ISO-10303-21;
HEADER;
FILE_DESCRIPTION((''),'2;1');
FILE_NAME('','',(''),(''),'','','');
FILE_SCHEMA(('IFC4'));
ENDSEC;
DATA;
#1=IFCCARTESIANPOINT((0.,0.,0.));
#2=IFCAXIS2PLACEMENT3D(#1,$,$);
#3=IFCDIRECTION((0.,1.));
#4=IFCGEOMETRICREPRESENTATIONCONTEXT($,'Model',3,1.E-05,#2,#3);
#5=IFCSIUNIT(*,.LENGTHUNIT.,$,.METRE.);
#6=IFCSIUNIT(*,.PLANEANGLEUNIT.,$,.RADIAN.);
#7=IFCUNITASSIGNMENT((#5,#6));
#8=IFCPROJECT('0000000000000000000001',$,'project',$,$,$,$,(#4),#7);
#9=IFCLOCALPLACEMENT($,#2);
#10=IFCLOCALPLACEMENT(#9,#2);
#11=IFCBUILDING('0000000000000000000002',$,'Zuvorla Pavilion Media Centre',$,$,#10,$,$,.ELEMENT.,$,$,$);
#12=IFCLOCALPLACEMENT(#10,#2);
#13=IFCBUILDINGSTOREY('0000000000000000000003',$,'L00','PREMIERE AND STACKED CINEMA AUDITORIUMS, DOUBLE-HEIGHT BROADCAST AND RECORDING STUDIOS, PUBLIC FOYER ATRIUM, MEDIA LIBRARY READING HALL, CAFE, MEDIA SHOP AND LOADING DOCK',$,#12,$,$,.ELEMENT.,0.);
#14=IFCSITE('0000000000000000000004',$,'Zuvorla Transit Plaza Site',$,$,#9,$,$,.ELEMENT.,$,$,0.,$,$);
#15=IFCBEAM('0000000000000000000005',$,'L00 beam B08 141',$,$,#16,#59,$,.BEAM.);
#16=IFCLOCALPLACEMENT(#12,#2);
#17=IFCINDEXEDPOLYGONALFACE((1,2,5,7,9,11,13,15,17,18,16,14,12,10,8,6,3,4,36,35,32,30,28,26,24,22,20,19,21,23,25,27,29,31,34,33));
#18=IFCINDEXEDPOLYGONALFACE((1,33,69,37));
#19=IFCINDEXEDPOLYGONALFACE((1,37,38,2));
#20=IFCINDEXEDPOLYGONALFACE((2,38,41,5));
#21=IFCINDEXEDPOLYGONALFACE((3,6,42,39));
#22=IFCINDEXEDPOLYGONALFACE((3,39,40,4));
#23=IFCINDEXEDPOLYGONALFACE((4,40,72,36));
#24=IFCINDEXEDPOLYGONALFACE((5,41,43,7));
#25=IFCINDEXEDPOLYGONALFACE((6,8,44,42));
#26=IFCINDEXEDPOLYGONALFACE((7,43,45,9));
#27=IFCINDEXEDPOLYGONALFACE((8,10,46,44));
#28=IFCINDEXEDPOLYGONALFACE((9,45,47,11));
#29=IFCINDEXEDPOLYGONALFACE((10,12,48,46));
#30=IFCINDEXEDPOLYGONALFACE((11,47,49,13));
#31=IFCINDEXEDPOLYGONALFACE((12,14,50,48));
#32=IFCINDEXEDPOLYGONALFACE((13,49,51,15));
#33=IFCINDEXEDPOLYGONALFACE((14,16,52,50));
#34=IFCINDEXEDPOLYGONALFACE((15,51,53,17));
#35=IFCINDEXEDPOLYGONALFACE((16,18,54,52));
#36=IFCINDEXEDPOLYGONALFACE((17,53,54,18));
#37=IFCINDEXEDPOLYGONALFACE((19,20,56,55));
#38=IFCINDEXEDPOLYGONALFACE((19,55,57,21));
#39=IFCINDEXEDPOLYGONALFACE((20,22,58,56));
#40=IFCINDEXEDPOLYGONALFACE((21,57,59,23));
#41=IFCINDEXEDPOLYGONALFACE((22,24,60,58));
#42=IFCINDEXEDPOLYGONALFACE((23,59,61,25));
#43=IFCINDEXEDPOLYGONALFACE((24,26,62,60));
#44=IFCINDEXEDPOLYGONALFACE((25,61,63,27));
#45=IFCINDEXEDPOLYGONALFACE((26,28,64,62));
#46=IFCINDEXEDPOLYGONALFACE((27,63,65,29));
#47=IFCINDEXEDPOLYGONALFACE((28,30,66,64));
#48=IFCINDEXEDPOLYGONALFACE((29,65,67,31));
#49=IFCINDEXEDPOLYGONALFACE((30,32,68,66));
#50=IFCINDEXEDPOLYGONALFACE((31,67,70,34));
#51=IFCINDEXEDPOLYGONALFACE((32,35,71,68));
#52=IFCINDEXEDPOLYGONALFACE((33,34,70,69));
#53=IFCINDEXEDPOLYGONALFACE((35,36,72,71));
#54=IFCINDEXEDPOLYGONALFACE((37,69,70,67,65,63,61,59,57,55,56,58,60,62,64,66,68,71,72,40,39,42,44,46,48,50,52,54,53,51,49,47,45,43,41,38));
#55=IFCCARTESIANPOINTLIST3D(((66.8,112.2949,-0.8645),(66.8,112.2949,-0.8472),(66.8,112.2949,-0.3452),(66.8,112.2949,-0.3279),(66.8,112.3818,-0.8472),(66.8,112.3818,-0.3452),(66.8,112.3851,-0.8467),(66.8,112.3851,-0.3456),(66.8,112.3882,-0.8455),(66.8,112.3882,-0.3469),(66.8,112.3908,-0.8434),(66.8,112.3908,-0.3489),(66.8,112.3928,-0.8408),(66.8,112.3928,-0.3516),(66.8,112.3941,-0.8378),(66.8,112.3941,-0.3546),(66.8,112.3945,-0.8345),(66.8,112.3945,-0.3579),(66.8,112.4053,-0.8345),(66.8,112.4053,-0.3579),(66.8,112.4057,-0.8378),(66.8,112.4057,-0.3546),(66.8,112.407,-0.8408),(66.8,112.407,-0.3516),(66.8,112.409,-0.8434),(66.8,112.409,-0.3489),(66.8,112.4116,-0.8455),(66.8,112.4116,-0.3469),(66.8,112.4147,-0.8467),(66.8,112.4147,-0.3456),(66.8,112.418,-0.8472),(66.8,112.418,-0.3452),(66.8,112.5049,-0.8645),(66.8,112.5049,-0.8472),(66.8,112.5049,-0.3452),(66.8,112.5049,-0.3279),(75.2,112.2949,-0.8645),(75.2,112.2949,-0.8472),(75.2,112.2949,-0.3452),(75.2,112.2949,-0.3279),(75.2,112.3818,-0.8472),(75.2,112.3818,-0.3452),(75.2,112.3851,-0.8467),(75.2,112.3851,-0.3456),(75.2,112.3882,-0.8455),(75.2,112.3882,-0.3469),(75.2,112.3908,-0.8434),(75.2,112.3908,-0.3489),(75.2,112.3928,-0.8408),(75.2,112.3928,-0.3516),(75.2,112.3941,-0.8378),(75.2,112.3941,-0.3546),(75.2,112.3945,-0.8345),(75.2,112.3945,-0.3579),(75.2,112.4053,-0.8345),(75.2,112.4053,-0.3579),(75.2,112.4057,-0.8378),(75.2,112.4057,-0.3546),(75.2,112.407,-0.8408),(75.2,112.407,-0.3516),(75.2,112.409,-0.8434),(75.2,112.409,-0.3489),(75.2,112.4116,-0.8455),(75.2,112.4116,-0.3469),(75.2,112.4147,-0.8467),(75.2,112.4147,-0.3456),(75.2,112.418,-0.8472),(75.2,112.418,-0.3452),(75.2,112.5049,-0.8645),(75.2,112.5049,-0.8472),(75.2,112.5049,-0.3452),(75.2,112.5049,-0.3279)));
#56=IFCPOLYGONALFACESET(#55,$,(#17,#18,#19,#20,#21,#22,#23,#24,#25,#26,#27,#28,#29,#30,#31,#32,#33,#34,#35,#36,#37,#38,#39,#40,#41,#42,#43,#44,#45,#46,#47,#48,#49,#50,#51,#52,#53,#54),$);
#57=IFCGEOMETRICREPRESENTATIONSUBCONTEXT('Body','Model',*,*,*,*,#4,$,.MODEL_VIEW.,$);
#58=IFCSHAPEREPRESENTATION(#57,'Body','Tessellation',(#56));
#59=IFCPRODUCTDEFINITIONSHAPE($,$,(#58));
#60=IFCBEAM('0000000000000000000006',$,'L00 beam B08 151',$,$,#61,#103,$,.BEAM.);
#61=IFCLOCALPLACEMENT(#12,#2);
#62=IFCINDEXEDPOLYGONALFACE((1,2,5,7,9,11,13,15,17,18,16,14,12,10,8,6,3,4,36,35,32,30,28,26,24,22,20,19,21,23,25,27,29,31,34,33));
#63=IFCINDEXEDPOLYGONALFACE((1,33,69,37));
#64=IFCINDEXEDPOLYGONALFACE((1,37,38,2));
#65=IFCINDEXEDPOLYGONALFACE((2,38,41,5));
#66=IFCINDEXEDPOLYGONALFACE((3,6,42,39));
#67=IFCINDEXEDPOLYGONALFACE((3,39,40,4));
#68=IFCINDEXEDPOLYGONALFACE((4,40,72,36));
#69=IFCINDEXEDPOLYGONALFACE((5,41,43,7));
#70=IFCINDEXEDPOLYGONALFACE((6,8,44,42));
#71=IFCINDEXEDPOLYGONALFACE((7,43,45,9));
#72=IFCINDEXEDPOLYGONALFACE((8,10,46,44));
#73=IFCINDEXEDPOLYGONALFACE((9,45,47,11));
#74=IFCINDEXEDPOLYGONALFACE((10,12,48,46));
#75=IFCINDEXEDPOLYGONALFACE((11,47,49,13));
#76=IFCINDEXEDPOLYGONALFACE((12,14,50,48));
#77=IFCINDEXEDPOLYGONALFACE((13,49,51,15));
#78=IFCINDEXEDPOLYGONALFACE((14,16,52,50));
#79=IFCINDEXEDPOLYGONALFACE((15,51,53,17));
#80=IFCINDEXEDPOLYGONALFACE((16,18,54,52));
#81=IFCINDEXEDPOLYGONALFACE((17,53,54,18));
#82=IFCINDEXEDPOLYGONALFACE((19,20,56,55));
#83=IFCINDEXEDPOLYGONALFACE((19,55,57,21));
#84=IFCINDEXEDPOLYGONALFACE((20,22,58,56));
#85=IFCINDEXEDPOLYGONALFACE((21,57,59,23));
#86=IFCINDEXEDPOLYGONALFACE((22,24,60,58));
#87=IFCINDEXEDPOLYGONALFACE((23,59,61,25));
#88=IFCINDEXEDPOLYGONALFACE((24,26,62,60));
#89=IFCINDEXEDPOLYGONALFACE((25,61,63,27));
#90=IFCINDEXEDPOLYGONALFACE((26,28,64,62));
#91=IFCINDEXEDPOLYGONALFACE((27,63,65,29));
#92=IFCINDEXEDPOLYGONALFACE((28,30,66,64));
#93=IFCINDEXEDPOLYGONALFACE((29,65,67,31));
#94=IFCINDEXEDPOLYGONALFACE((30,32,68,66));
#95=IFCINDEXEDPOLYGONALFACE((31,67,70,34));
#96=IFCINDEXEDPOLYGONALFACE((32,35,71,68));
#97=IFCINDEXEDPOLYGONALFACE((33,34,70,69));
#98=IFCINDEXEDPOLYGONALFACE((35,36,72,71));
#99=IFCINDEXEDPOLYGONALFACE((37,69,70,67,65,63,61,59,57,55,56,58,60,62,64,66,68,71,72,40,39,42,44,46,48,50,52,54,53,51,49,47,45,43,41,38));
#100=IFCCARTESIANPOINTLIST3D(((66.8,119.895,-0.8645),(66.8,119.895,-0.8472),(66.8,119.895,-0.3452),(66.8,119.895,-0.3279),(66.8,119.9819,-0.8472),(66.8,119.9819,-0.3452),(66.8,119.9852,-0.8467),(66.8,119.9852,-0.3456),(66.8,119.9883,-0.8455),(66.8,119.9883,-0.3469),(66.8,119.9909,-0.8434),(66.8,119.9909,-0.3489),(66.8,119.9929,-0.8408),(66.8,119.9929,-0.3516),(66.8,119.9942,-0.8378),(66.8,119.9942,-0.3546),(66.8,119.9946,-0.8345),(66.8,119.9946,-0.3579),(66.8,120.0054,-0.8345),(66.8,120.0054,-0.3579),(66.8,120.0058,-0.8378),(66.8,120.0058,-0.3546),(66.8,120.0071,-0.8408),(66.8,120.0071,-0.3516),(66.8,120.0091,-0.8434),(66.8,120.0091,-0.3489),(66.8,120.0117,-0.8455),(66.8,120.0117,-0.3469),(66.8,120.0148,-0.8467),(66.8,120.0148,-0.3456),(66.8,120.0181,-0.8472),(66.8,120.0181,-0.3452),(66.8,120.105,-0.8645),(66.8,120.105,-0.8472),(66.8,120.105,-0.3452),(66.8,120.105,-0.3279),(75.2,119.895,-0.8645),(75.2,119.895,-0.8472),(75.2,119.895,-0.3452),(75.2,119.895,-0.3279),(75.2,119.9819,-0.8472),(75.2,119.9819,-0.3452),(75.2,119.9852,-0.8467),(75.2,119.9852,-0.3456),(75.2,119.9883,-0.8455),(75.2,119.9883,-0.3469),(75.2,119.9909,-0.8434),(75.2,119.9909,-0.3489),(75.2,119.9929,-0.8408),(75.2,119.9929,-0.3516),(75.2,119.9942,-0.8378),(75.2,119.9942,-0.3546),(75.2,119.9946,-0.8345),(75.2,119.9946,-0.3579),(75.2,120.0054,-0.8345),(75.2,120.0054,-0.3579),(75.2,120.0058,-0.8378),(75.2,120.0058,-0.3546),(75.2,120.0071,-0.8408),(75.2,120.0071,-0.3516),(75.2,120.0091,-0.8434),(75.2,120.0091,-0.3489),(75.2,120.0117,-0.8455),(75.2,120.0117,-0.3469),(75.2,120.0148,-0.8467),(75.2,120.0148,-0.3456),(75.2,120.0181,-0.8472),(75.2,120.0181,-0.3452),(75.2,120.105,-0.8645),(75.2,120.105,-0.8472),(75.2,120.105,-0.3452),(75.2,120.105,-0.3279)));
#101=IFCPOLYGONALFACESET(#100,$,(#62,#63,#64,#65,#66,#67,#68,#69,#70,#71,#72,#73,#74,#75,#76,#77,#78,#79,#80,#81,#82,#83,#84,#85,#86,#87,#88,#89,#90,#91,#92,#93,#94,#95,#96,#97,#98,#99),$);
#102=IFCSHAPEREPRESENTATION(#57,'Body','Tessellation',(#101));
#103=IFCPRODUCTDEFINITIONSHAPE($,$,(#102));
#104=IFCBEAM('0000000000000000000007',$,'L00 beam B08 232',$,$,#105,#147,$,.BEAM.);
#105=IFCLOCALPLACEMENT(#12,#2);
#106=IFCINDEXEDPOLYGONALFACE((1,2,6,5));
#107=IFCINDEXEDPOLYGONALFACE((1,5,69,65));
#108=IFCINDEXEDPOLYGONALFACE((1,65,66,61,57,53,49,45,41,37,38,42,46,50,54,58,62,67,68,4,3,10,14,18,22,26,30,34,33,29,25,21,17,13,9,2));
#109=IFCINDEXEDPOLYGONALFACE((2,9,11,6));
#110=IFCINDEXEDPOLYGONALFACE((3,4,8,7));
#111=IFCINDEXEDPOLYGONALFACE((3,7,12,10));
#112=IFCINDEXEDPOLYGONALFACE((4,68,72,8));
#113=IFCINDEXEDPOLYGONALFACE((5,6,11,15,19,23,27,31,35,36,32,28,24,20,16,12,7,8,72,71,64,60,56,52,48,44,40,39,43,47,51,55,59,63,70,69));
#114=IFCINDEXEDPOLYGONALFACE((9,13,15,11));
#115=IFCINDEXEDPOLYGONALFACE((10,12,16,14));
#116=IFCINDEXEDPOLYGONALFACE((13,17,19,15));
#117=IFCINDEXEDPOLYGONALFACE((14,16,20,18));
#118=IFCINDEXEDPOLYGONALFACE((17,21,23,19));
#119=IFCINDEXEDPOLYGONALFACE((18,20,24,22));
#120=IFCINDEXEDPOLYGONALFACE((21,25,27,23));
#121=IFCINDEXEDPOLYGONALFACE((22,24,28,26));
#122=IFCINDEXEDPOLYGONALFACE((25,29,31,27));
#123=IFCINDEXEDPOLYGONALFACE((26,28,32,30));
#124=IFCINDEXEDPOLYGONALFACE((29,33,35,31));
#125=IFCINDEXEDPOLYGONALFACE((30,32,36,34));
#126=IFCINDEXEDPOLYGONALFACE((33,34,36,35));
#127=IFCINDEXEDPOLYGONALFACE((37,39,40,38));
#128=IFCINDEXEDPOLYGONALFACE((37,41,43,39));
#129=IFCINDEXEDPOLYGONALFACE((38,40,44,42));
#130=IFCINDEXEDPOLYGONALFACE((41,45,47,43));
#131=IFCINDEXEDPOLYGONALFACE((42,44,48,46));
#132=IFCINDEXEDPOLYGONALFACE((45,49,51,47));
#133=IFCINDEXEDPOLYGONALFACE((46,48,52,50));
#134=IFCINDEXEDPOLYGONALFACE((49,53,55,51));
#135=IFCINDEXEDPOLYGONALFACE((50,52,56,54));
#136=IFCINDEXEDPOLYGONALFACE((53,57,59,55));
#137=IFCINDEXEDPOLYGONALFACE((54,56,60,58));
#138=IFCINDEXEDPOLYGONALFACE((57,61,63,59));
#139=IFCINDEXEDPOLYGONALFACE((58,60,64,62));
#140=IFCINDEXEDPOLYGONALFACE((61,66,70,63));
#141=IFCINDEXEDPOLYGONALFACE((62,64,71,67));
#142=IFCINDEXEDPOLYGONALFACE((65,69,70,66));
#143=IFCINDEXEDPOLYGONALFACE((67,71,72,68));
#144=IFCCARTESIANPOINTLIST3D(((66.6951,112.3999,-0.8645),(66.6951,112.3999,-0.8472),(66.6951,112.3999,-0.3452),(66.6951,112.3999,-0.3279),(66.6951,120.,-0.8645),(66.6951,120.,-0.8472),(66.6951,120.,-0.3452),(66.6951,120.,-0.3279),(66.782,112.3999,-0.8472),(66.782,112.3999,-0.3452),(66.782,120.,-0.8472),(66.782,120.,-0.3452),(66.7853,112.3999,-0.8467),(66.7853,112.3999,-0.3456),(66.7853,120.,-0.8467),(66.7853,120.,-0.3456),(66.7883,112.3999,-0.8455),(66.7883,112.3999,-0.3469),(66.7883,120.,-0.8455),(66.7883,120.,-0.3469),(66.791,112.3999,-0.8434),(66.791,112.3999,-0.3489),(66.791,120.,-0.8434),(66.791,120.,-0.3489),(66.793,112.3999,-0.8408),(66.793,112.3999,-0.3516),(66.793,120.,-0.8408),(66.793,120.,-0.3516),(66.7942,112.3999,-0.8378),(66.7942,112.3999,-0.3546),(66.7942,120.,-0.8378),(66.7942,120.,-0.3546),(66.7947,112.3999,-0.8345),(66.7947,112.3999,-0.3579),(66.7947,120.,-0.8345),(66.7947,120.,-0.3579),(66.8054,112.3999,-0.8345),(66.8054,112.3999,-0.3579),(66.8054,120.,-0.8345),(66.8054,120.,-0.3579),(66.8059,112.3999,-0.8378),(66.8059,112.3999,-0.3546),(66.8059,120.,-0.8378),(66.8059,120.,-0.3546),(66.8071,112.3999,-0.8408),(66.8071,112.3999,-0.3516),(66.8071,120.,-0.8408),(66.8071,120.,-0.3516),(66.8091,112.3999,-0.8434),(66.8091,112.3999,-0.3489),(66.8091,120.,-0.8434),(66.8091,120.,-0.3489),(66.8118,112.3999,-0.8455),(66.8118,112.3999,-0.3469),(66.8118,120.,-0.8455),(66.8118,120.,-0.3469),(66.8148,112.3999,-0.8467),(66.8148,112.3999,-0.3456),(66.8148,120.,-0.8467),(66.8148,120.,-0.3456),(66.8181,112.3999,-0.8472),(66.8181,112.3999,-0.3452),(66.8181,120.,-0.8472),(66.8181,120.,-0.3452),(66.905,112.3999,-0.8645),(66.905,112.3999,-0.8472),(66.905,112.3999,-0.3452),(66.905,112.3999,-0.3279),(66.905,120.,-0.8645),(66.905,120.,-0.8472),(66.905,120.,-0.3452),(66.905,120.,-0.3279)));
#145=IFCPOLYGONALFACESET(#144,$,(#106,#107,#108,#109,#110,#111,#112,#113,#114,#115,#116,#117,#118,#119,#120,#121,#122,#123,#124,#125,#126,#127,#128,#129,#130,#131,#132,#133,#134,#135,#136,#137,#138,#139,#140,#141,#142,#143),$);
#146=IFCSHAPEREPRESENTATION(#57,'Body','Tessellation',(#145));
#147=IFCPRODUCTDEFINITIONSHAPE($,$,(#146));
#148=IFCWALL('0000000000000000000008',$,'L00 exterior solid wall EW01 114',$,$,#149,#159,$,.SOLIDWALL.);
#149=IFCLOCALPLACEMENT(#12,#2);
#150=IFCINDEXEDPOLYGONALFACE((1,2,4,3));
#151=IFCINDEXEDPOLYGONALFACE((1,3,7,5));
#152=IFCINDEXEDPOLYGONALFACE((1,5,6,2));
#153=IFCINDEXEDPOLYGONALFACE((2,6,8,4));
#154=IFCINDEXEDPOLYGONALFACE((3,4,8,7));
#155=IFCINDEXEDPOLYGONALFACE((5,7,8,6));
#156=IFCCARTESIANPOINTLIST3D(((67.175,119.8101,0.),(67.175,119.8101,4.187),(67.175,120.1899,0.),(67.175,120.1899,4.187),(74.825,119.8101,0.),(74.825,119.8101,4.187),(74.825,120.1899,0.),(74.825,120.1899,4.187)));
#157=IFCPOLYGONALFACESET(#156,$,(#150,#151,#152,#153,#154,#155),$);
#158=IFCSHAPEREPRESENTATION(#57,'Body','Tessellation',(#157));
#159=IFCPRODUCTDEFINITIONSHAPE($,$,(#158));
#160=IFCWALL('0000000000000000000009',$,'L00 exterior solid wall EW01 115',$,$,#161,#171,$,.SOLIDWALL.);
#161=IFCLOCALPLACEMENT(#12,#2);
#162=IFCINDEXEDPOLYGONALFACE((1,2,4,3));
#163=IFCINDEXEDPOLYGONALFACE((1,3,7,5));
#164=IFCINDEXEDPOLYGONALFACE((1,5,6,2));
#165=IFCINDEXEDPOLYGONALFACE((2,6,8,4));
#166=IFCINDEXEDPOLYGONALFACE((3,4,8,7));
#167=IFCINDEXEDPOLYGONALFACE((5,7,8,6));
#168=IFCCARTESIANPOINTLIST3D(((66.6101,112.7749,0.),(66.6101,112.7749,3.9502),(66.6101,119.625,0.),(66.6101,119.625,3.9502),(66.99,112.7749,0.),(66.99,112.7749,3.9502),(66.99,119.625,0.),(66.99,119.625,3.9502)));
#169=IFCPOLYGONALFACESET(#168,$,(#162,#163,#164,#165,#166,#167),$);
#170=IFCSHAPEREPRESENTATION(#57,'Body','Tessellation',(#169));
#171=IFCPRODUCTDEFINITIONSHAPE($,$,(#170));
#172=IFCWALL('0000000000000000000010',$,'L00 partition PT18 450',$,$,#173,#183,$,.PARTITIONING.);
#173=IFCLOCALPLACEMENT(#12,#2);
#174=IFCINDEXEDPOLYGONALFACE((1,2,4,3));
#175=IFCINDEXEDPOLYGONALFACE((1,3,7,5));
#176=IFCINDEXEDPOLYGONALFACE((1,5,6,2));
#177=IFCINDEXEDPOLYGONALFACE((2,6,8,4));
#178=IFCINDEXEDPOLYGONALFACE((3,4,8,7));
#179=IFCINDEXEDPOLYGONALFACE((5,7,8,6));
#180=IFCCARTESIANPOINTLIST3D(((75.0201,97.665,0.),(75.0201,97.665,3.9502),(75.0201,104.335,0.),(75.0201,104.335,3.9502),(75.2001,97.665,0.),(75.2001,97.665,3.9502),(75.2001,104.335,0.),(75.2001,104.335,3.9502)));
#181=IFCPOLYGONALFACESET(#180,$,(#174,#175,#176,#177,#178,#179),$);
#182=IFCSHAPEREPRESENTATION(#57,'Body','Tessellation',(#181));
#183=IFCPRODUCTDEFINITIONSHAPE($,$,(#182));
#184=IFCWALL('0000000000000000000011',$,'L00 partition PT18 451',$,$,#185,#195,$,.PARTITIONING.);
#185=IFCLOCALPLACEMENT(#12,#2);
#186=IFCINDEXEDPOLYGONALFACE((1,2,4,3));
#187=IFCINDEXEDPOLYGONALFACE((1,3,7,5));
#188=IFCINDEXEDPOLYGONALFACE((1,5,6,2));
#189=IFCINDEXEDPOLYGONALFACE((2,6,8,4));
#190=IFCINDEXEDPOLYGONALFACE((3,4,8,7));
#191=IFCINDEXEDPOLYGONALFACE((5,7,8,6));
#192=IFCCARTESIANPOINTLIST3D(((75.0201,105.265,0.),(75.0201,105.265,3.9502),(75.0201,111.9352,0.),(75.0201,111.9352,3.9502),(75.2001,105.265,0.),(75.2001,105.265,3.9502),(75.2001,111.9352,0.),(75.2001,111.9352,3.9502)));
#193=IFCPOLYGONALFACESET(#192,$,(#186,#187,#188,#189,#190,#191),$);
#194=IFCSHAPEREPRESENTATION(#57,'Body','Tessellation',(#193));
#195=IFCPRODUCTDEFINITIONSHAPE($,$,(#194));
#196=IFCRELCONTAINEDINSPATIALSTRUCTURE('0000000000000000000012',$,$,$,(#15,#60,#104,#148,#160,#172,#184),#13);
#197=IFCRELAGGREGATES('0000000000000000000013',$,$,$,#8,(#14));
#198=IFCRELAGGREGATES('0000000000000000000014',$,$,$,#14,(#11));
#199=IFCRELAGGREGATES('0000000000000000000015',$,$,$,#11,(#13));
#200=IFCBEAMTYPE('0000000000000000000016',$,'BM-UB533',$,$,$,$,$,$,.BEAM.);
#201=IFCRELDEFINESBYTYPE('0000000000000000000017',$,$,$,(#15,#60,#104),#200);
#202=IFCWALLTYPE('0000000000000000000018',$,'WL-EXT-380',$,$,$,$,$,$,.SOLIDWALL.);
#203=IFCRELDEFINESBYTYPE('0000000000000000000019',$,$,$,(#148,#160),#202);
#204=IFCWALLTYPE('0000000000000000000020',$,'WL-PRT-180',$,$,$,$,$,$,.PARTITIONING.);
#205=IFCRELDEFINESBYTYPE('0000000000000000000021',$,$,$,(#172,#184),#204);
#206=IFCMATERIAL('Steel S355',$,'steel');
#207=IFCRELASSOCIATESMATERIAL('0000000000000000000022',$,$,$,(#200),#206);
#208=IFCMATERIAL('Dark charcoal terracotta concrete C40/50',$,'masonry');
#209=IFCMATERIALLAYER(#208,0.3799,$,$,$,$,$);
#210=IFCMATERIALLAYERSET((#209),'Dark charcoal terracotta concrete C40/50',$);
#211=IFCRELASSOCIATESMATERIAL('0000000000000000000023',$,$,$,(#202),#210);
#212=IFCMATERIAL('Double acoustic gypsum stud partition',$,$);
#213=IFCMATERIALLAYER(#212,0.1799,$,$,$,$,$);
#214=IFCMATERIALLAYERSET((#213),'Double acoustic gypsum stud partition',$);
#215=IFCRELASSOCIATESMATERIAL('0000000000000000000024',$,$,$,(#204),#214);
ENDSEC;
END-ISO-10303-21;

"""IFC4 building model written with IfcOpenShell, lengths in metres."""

from ifc_helpers import new_model, si_unit, direction, frame, frame_2d, origin, origin_2d, place, context, subcontext, project, spatial, rectangle, i_section, extrude, material, layer, layer_set, material_profile, profile_set, type_object, element, save


model = new_model("IFC4")

# Units and contexts
model_context = context("Model", 3, precision=1e-05, world=origin(), true_north=direction((0.0, 1.0)))
body_context = subcontext(model_context, "Body", "Model", "MODEL_VIEW")
ifc_project = project(units=[si_unit("LENGTHUNIT", "METRE"), si_unit("PLANEANGLEUNIT", "RADIAN")], contexts=[model_context])

# Site, building, storey
site_placement = place(None, origin())
site = spatial("IfcSite", under=ifc_project, at=site_placement, Name="Zuvorla Transit Plaza Site", CompositionType="ELEMENT", RefElevation=0.0)
building_placement = place(site_placement, origin())
building = spatial("IfcBuilding", under=site, at=building_placement, Name="Zuvorla Pavilion Media Centre", CompositionType="ELEMENT")
storey_placement = place(building_placement, origin())
storey = spatial("IfcBuildingStorey", under=building, at=storey_placement, Name="L00", Description="PREMIERE AND STACKED CINEMA AUDITORIUMS, DOUBLE-HEIGHT BROADCAST AND RECORDING STUDIOS, PUBLIC FOYER ATRIUM, MEDIA LIBRARY READING HALL, CAFE, MEDIA SHOP AND LOADING DOCK", CompositionType="ELEMENT", Elevation=0.0)

# Beams
ifc_material_1 = material(Name="Steel S355", Category="steel")
ifc_material_profile_1 = material_profile(ifc_material_1, i_section(OverallWidth=0.21, OverallDepth=0.5366, WebThickness=0.0107, FlangeThickness=0.0173, FilletRadius=0.0127, at=origin_2d()), Name="UB 533x210x101")
ifc_profile_set_1 = profile_set([ifc_material_profile_1], Name="Steel S355")
beam_type_1 = type_object("IfcBeamType", Name="BM-UB533", PredefinedType="BEAM", material=ifc_profile_set_1)
for number, where, z_axis, x_axis, name in (
    (1, (66.8, 112.3999, -0.5962), (1.0, 0.0, 0.0), (0.0, 1.0, 0.0), "L00 beam B08 141"),
    (2, (66.8, 120.0, -0.5962), (1.0, 0.0, 0.0), (0.0, 1.0, 0.0), "L00 beam B08 151"),
):
    element("IfcBeam", number, at=place(storey_placement, frame(where, z_axis=z_axis, x_axis=x_axis)), inside=storey, type_object=beam_type_1, Name=name, PredefinedType="BEAM", context=body_context, shape_type="SweptSolid", body=[
        extrude(i_section(OverallWidth=0.21, OverallDepth=0.5366, WebThickness=0.0107, FlangeThickness=0.0173, FilletRadius=0.0127, at=origin_2d()), origin(), (0.0, 0.0, 1.0), 8.3999),
    ])
beam_placement = place(storey_placement, frame((66.8, 112.3999, -0.5962), z_axis=(0.0, 1.0, 0.0), x_axis=(-1.0, 0.0, 0.0)))
element("IfcBeam", 3, at=beam_placement, inside=storey, type_object=beam_type_1, Name="L00 beam B08 232", PredefinedType="BEAM", context=body_context, shape_type="SweptSolid", body=[
    extrude(i_section(OverallWidth=0.21, OverallDepth=0.5366, WebThickness=0.0107, FlangeThickness=0.0173, FilletRadius=0.0127, at=origin_2d()), origin(), (0.0, 0.0, 1.0), 7.6001),
])

# Walls
ifc_material_2 = material(Name="Dark charcoal terracotta concrete C40/50", Category="masonry")
ifc_layer_1 = layer(ifc_material_2, 0.3799)
ifc_layer_set_1 = layer_set([ifc_layer_1], Name="Dark charcoal terracotta concrete C40/50")
wall_type_1 = type_object("IfcWallType", Name="WL-EXT-380", PredefinedType="SOLIDWALL", material=ifc_layer_set_1)
wall_1_placement = place(storey_placement, frame((74.825, 120.0, 0.0), z_axis=(0.0, 0.0, 1.0), x_axis=(-1.0, 0.0, 0.0)))
element("IfcWall", 4, at=wall_1_placement, inside=storey, type_object=wall_type_1, Name="L00 exterior solid wall EW01 114", PredefinedType="SOLIDWALL", context=body_context, shape_type="SweptSolid", body=[
    extrude(rectangle(XDim=7.6499, YDim=0.3799, at=frame_2d((3.825, 0.0))), origin(), (0.0, 0.0, 1.0), 4.187),
])
wall_2_placement = place(storey_placement, frame((66.8, 119.625, 0.0), z_axis=(0.0, 0.0, 1.0), x_axis=(0.0, -1.0, 0.0)))
element("IfcWall", 5, at=wall_2_placement, inside=storey, type_object=wall_type_1, Name="L00 exterior solid wall EW01 115", PredefinedType="SOLIDWALL", context=body_context, shape_type="SweptSolid", body=[
    extrude(rectangle(XDim=6.8501, YDim=0.3799, at=frame_2d((3.425, 0.0))), origin(), (0.0, 0.0, 1.0), 3.9502),
])
ifc_material_3 = material(Name="Double acoustic gypsum stud partition")
ifc_layer_2 = layer(ifc_material_3, 0.1799)
ifc_layer_set_2 = layer_set([ifc_layer_2], Name="Double acoustic gypsum stud partition")
wall_type_2 = type_object("IfcWallType", Name="WL-PRT-180", PredefinedType="PARTITIONING", material=ifc_layer_set_2)
wall_3_placement = place(storey_placement, frame((75.1101, 104.335, 0.0), z_axis=(0.0, 0.0, 1.0), x_axis=(0.0, -1.0, 0.0)))
element("IfcWall", 6, at=wall_3_placement, inside=storey, type_object=wall_type_2, Name="L00 partition PT18 450", PredefinedType="PARTITIONING", context=body_context, shape_type="SweptSolid", body=[
    extrude(rectangle(XDim=6.6699, YDim=0.1799, at=frame_2d((3.335, 0.0))), origin(), (0.0, 0.0, 1.0), 3.9502),
])
wall_4_placement = place(storey_placement, frame((75.1101, 111.9351, 0.0), z_axis=(0.0, 0.0, 1.0), x_axis=(0.0, -1.0, 0.0)))
element("IfcWall", 7, at=wall_4_placement, inside=storey, type_object=wall_type_2, Name="L00 partition PT18 451", PredefinedType="PARTITIONING", context=body_context, shape_type="SweptSolid", body=[
    extrude(rectangle(XDim=6.6702, YDim=0.1799, at=frame_2d((3.335, 0.0))), origin(), (0.0, 0.0, 1.0), 3.9502),
])

save(model, "model.ifc")
